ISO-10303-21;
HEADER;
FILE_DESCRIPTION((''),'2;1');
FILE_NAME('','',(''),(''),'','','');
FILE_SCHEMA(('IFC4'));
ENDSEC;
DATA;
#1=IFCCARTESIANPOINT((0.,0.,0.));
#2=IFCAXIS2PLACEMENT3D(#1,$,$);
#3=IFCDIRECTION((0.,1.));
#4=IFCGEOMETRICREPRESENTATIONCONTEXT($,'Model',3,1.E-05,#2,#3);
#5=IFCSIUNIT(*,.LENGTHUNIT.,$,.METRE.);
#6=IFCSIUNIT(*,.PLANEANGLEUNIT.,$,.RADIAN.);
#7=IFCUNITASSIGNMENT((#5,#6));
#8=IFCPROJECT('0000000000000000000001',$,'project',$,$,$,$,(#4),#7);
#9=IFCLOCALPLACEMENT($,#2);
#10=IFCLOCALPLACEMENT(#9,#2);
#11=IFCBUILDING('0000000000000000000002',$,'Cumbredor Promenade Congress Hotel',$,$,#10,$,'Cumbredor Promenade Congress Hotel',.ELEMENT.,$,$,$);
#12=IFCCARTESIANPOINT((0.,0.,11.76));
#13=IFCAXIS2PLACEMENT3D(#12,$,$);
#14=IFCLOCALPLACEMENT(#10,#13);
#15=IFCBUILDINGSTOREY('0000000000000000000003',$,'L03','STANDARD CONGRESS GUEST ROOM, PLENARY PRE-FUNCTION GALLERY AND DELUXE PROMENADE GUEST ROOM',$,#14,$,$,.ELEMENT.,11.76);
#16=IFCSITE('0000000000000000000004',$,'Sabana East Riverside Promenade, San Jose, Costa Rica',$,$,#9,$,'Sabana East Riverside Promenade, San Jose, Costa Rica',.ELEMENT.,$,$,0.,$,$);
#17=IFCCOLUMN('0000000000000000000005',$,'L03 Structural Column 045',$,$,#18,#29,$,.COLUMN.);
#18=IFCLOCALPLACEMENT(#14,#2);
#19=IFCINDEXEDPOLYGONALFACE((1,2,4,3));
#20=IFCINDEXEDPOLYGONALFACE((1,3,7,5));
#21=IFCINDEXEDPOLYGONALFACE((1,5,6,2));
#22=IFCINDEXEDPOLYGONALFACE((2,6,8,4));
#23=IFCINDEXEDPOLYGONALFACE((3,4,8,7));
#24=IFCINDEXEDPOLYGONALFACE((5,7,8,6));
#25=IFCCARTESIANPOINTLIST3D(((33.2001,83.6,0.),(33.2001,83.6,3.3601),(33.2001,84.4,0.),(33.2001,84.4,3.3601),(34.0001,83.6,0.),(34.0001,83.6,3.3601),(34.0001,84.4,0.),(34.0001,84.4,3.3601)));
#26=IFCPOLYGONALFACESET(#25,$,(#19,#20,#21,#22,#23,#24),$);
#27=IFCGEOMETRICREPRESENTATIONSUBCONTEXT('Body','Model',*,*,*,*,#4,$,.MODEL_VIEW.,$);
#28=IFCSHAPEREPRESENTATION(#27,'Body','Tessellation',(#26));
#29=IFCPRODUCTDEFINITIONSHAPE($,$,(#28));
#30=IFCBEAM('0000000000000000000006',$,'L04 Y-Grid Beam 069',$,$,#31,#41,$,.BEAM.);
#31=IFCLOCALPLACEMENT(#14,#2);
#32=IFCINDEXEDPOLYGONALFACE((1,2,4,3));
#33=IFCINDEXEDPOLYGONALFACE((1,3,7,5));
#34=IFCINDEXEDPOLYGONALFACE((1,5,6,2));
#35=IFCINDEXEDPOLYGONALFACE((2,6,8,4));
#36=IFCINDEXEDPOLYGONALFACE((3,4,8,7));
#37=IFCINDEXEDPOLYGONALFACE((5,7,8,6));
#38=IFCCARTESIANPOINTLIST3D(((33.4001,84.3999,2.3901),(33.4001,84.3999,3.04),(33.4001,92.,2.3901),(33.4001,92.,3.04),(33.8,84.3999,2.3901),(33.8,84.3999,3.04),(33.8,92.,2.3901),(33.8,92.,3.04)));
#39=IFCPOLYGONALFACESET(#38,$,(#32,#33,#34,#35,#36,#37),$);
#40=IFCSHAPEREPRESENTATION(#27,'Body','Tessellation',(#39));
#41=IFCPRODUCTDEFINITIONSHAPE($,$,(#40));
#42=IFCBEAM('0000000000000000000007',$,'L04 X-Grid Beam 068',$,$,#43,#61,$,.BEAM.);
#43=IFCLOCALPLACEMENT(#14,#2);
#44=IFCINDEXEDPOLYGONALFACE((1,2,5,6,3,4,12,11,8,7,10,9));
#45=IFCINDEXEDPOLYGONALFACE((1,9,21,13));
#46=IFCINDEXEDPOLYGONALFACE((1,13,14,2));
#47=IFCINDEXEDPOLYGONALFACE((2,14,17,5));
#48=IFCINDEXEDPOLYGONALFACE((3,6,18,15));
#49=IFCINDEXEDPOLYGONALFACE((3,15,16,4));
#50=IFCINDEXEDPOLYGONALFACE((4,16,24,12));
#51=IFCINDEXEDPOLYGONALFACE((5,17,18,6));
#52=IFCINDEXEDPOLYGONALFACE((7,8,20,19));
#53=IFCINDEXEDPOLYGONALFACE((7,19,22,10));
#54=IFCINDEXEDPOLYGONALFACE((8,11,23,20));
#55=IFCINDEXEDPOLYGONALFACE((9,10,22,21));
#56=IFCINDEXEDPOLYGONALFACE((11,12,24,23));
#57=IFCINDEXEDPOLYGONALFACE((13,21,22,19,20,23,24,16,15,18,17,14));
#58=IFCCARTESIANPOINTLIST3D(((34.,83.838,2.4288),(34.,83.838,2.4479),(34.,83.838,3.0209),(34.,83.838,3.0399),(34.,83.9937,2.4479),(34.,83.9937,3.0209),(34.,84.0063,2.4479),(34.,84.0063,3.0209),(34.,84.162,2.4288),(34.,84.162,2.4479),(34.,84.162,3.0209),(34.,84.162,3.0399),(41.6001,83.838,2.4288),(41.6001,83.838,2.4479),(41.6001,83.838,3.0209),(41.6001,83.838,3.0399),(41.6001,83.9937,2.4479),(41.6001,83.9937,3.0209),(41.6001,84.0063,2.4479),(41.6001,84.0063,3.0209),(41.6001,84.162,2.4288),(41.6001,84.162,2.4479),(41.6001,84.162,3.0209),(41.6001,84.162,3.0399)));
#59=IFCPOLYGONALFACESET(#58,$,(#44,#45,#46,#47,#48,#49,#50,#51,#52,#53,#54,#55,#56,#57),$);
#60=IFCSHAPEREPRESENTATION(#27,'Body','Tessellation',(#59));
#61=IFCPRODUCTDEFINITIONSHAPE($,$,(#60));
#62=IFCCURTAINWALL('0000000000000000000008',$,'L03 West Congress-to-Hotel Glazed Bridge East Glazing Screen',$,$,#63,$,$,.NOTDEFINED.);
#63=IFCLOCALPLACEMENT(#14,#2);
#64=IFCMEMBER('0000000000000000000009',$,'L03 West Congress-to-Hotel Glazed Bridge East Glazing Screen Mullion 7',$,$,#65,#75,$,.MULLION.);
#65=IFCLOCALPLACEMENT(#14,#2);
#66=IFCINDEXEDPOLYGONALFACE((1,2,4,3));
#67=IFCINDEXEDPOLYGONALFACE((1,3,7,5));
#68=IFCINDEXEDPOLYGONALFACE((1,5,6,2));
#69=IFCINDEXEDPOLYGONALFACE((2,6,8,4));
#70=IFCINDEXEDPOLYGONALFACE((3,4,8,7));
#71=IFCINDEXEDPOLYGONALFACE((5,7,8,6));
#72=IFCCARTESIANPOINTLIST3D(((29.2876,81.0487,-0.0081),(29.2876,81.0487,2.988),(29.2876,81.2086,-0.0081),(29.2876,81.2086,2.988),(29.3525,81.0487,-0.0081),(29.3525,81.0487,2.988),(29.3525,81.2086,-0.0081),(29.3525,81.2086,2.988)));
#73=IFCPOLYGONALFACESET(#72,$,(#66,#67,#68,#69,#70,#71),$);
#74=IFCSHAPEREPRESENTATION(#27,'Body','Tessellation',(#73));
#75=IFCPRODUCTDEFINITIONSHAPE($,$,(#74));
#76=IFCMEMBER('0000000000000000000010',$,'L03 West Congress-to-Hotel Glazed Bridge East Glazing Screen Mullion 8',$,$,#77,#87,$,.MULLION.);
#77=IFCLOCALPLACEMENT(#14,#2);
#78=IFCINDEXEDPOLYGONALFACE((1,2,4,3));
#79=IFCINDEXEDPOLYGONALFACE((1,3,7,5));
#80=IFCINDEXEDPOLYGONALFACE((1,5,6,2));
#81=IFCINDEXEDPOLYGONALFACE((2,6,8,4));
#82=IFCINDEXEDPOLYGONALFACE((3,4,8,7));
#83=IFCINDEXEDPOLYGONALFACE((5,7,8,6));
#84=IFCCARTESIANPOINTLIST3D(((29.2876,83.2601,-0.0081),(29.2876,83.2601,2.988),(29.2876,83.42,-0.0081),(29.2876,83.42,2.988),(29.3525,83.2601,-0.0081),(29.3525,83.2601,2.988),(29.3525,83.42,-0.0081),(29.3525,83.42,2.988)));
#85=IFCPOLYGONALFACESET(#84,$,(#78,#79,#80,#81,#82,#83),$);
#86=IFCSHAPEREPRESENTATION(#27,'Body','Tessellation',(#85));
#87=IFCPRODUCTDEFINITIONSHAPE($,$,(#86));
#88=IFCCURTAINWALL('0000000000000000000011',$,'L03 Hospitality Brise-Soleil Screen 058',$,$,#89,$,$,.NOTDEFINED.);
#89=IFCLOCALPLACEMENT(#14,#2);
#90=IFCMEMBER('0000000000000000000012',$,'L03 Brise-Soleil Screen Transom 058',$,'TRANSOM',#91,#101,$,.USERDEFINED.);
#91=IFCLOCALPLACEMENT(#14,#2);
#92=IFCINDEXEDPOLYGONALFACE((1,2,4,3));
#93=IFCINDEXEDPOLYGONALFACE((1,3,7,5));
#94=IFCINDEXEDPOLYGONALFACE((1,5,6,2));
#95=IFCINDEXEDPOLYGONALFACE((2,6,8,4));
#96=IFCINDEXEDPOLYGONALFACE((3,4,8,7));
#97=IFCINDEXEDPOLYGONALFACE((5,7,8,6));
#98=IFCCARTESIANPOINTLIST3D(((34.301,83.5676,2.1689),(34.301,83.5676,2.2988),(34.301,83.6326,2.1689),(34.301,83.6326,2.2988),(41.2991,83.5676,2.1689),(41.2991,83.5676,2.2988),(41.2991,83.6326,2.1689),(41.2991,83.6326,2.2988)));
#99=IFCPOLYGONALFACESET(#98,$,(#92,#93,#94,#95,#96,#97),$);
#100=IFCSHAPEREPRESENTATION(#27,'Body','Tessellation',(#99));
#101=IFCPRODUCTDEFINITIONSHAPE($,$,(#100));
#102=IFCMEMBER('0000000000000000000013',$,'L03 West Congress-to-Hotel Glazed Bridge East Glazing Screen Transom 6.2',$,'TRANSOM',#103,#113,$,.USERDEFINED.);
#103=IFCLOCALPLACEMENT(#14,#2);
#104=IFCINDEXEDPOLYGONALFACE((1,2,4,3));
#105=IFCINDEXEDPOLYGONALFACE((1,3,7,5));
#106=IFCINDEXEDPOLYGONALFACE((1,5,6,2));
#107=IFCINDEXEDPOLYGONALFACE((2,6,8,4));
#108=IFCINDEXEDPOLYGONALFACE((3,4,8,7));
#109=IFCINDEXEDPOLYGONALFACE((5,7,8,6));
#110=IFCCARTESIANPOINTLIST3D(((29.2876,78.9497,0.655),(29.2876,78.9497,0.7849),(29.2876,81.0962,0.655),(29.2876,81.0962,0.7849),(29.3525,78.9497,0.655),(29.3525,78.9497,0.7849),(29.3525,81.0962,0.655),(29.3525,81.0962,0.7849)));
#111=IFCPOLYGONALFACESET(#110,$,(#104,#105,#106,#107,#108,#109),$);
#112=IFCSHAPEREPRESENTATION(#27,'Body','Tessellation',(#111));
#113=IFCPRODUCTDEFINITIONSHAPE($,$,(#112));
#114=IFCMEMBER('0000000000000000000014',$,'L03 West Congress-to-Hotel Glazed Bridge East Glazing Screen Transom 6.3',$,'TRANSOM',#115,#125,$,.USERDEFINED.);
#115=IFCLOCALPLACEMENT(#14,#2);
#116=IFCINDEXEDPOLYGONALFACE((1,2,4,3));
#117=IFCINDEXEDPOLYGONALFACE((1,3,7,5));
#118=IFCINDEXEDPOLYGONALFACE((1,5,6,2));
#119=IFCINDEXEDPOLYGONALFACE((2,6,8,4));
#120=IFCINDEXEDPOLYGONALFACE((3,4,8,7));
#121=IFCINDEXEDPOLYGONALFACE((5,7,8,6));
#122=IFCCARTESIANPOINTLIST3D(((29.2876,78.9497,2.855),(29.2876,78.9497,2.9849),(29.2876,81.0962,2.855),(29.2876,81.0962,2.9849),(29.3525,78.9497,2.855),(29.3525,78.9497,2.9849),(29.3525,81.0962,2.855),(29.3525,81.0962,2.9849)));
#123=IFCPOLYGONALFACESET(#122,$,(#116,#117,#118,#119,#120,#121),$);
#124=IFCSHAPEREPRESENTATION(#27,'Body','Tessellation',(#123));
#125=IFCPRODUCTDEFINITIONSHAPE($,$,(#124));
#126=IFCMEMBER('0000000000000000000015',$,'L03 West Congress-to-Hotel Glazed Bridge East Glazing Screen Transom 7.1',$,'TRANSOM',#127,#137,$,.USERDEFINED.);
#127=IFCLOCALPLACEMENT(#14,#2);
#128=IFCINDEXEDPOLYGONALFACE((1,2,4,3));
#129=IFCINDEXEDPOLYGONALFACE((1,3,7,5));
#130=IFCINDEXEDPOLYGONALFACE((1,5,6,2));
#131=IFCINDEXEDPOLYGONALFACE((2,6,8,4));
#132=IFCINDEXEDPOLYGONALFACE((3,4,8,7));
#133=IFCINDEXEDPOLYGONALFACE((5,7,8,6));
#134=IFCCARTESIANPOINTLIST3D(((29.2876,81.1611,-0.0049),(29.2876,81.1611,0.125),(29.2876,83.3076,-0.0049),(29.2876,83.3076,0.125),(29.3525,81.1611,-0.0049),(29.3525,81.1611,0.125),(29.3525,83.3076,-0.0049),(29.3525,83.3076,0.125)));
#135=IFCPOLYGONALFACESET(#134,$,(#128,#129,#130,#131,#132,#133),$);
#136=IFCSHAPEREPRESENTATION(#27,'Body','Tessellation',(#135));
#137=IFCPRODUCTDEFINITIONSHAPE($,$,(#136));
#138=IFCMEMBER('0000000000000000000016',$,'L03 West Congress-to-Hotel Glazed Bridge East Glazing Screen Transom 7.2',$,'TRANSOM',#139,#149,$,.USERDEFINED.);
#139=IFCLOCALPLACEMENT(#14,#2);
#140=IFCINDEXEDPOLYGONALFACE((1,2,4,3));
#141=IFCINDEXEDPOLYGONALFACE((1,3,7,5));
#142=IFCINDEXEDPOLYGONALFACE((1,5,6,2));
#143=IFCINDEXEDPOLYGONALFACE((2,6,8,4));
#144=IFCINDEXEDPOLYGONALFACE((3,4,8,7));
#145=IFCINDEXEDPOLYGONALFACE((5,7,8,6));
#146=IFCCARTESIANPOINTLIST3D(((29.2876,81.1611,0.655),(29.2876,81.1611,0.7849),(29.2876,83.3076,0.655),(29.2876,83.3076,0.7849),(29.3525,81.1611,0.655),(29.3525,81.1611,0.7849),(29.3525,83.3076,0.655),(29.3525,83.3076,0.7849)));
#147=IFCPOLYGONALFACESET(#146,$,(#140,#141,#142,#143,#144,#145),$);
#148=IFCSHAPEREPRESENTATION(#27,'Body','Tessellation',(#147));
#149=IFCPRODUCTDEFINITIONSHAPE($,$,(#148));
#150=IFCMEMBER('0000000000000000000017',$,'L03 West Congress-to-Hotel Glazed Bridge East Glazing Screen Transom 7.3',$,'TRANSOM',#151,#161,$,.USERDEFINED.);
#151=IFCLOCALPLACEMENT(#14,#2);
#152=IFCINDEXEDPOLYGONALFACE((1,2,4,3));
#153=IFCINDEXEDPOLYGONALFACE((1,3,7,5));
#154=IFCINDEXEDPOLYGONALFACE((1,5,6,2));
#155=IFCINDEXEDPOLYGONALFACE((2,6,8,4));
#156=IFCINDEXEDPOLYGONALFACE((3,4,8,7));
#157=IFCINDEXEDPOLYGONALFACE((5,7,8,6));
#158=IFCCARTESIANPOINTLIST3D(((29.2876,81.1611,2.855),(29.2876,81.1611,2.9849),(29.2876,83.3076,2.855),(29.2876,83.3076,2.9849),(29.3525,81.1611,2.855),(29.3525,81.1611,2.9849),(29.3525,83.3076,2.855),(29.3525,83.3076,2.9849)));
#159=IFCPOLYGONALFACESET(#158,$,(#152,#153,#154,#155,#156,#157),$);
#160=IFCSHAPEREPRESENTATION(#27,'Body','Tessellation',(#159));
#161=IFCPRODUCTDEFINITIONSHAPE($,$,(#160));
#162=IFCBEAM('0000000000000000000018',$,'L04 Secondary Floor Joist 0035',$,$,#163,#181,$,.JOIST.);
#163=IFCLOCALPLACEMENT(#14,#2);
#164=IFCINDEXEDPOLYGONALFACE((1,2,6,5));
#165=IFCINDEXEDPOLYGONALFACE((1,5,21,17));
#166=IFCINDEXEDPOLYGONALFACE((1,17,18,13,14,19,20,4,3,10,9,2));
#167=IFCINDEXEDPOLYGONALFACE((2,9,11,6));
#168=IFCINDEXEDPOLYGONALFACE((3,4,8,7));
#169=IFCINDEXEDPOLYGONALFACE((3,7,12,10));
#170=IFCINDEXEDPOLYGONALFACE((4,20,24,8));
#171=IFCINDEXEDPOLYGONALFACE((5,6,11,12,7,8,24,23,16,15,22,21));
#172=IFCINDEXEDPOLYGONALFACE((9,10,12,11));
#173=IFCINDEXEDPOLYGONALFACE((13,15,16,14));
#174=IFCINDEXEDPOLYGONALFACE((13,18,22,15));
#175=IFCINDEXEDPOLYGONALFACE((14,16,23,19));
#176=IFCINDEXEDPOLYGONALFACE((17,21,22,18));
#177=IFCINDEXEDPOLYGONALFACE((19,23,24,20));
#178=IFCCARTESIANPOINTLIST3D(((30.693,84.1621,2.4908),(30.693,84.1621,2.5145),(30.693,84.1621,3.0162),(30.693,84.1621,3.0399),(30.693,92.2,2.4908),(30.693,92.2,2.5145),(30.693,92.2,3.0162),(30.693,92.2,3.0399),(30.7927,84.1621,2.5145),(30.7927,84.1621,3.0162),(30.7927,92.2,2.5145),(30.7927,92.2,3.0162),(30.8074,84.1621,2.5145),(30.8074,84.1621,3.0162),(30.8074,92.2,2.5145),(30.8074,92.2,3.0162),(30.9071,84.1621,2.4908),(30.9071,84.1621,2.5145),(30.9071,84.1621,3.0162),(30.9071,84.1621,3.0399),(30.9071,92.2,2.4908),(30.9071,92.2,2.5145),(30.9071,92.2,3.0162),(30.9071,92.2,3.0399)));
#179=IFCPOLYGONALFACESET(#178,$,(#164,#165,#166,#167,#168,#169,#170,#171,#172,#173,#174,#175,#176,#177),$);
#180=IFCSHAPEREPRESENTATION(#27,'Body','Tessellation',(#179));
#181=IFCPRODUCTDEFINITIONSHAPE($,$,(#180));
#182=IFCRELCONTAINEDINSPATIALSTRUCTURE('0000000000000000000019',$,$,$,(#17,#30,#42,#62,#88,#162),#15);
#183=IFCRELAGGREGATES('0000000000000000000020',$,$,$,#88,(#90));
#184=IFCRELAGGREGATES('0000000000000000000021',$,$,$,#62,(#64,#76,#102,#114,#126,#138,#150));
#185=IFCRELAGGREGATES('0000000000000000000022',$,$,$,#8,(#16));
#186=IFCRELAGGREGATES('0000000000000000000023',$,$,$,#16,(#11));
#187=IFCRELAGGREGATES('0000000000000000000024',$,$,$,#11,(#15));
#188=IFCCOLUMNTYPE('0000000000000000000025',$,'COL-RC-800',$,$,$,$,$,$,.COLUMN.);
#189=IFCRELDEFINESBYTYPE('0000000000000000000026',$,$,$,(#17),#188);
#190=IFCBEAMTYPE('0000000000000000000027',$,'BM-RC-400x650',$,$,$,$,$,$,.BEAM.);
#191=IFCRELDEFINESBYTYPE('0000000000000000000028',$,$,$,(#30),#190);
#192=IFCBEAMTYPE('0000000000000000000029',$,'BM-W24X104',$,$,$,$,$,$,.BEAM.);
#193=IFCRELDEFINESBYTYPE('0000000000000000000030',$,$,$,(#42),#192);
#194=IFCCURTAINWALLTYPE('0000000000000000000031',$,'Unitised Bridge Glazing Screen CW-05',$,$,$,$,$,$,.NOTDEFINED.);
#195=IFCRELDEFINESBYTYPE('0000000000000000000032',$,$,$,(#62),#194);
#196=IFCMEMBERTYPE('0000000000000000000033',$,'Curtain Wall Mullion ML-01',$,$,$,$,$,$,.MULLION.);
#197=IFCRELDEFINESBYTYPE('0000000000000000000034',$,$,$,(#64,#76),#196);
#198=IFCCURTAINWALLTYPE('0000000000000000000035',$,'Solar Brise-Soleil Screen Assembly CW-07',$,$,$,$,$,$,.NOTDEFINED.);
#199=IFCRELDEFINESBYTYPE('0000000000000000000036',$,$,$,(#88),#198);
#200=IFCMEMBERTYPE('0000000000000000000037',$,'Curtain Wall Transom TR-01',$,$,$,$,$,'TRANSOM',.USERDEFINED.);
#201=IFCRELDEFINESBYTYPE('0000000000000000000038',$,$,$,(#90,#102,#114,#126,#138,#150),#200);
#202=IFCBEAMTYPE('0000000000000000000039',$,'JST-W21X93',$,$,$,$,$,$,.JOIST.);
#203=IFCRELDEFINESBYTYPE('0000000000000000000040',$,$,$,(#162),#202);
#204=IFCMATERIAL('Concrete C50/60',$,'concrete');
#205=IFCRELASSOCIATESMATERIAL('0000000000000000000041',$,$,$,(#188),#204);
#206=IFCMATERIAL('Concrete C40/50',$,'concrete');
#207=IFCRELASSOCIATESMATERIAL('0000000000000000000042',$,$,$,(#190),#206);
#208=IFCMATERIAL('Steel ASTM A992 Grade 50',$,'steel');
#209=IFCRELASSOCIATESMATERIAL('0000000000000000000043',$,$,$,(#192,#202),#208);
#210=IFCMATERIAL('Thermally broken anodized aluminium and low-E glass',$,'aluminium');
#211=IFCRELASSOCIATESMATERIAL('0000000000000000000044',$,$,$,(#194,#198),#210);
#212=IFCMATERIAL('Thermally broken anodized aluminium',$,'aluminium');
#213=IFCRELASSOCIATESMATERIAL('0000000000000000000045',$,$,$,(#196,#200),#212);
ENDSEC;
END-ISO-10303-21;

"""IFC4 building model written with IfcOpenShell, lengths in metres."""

from ifc_helpers import new_model, si_unit, direction, frame, origin, origin_2d, place, context, subcontext, project, spatial, rectangle, i_section, extrude, material, material_profile, profile_set, type_object, element, aggregate, save


model = new_model("IFC4")

# Units and contexts
model_context = context("Model", 3, precision=1e-05, world=origin(), true_north=direction((0.0, 1.0)))
body_context = subcontext(model_context, "Body", "Model", "MODEL_VIEW")
ifc_project = project(units=[si_unit("LENGTHUNIT", "METRE"), si_unit("PLANEANGLEUNIT", "RADIAN")], contexts=[model_context])

# Site, building, storey
site_placement = place(None, origin())
site = spatial("IfcSite", under=ifc_project, at=site_placement, Name="Sabana East Riverside Promenade, San Jose, Costa Rica", LongName="Sabana East Riverside Promenade, San Jose, Costa Rica", CompositionType="ELEMENT", RefElevation=0.0)
building_placement = place(site_placement, origin())
building = spatial("IfcBuilding", under=site, at=building_placement, Name="Cumbredor Promenade Congress Hotel", LongName="Cumbredor Promenade Congress Hotel", CompositionType="ELEMENT")
storey_placement = place(building_placement, frame((0.0, 0.0, 11.76)))
storey = spatial("IfcBuildingStorey", under=building, at=storey_placement, Name="L03", Description="STANDARD CONGRESS GUEST ROOM, PLENARY PRE-FUNCTION GALLERY AND DELUXE PROMENADE GUEST ROOM", CompositionType="ELEMENT", Elevation=11.76)

# Column
ifc_material_1 = material(Name="Concrete C50/60", Category="concrete")
ifc_material_profile_1 = material_profile(ifc_material_1, rectangle(XDim=0.8, YDim=0.8, at=origin_2d()), Name="RC 800x800")
ifc_profile_set_1 = profile_set([ifc_material_profile_1], Name="Concrete C50/60")
column_type = type_object("IfcColumnType", Name="COL-RC-800", PredefinedType="COLUMN", material=ifc_profile_set_1)
column_placement = place(storey_placement, frame((33.6001, 84.0, 0.0), z_axis=(0.0, 0.0, 1.0), x_axis=(1.0, 0.0, 0.0)))
element("IfcColumn", 1, at=column_placement, inside=storey, type_object=column_type, Name="L03 Structural Column 045", PredefinedType="COLUMN", context=body_context, shape_type="SweptSolid", body=[
    extrude(rectangle(XDim=0.8, YDim=0.8, at=origin_2d()), origin(), (0.0, 0.0, 1.0), 3.3601),
])

# Beams
ifc_material_2 = material(Name="Concrete C40/50", Category="concrete")
ifc_material_profile_2 = material_profile(ifc_material_2, rectangle(XDim=0.3999, YDim=0.6499, at=origin_2d()), Name="RC BEAM 400x650")
ifc_profile_set_2 = profile_set([ifc_material_profile_2], Name="Concrete C40/50")
beam_type_1 = type_object("IfcBeamType", Name="BM-RC-400x650", PredefinedType="BEAM", material=ifc_profile_set_2)
beam_1_placement = place(storey_placement, frame((33.6001, 84.3999, 2.7151), z_axis=(0.0, 1.0, 0.0), x_axis=(-1.0, 0.0, 0.0)))
element("IfcBeam", 2, at=beam_1_placement, inside=storey, type_object=beam_type_1, Name="L04 Y-Grid Beam 069", PredefinedType="BEAM", context=body_context, shape_type="SweptSolid", body=[
    extrude(rectangle(XDim=0.3999, YDim=0.6499, at=origin_2d()), origin(), (0.0, 0.0, 1.0), 7.6001),
])
ifc_material_3 = material(Name="Steel ASTM A992 Grade 50", Category="steel")
ifc_material_profile_3 = material_profile(ifc_material_3, i_section(OverallWidth=0.324, OverallDepth=0.6111, WebThickness=0.0127, FlangeThickness=0.019, at=origin_2d()), Name="W24X104")
ifc_profile_set_3 = profile_set([ifc_material_profile_3], Name="Steel ASTM A992 Grade 50")
beam_type_2 = type_object("IfcBeamType", Name="BM-W24X104", PredefinedType="BEAM", material=ifc_profile_set_3)
beam_2_placement = place(storey_placement, frame((34.0, 84.0, 2.7344), z_axis=(1.0, 0.0, 0.0), x_axis=(0.0, 1.0, 0.0)))
element("IfcBeam", 3, at=beam_2_placement, inside=storey, type_object=beam_type_2, Name="L04 X-Grid Beam 068", PredefinedType="BEAM", context=body_context, shape_type="SweptSolid", body=[
    extrude(i_section(OverallWidth=0.324, OverallDepth=0.6111, WebThickness=0.0127, FlangeThickness=0.019, at=origin_2d()), origin(), (0.0, 0.0, 1.0), 7.6001),
])

# Curtain wall, members
ifc_material_4 = material(Name="Thermally broken anodized aluminium and low-E glass", Category="aluminium")
curtain_wall_type_1 = type_object("IfcCurtainWallType", Name="Unitised Bridge Glazing Screen CW-05", PredefinedType="NOTDEFINED", material=ifc_material_4)
curtain_wall_1_placement = place(storey_placement, origin())
curtain_wall_1 = element("IfcCurtainWall", 4, at=curtain_wall_1_placement, inside=storey, type_object=curtain_wall_type_1, Name="L03 West Congress-to-Hotel Glazed Bridge East Glazing Screen", PredefinedType="NOTDEFINED")
ifc_material_5 = material(Name="Thermally broken anodized aluminium", Category="aluminium")
ifc_material_profile_4 = material_profile(ifc_material_5, rectangle(XDim=0.0649, YDim=0.1599, at=origin_2d()), Name="ALU MULLION 65x160")
ifc_profile_set_4 = profile_set([ifc_material_profile_4], Name="Thermally broken anodized aluminium")
member_type_1 = type_object("IfcMemberType", Name="Curtain Wall Mullion ML-01", PredefinedType="MULLION", material=ifc_profile_set_4)
member_1_placement = place(storey_placement, frame((29.3201, 81.1287, -0.0081), z_axis=(0.0, 0.0, 1.0), x_axis=(1.0, 0.0, 0.0)))
member_1 = element("IfcMember", 5, at=member_1_placement, type_object=member_type_1, Name="L03 West Congress-to-Hotel Glazed Bridge East Glazing Screen Mullion 7", PredefinedType="MULLION", context=body_context, shape_type="SweptSolid", body=[
    extrude(rectangle(XDim=0.0649, YDim=0.1599, at=origin_2d()), origin(), (0.0, 0.0, 1.0), 2.9961),
])
member_2_placement = place(storey_placement, frame((29.3201, 83.3401, -0.0081), z_axis=(0.0, 0.0, 1.0), x_axis=(1.0, 0.0, 0.0)))
member_2 = element("IfcMember", 6, at=member_2_placement, type_object=member_type_1, Name="L03 West Congress-to-Hotel Glazed Bridge East Glazing Screen Mullion 8", PredefinedType="MULLION", context=body_context, shape_type="SweptSolid", body=[
    extrude(rectangle(XDim=0.0649, YDim=0.1599, at=origin_2d()), origin(), (0.0, 0.0, 1.0), 2.9961),
])

# Curtain wall, member
curtain_wall_type_2 = type_object("IfcCurtainWallType", Name="Solar Brise-Soleil Screen Assembly CW-07", PredefinedType="NOTDEFINED", material=ifc_material_4)
curtain_wall_2_placement = place(storey_placement, origin())
curtain_wall_2 = element("IfcCurtainWall", 7, at=curtain_wall_2_placement, inside=storey, type_object=curtain_wall_type_2, Name="L03 Hospitality Brise-Soleil Screen 058", PredefinedType="NOTDEFINED")
ifc_material_profile_5 = material_profile(ifc_material_5, rectangle(XDim=0.0649, YDim=0.1299, at=origin_2d()), Name="ALU TRANSOM 65x130")
ifc_profile_set_5 = profile_set([ifc_material_profile_5], Name="Thermally broken anodized aluminium")
member_type_2 = type_object("IfcMemberType", Name="Curtain Wall Transom TR-01", ElementType="TRANSOM", PredefinedType="USERDEFINED", material=ifc_profile_set_5)
member_3_placement = place(storey_placement, frame((34.301, 83.6001, 2.2339), z_axis=(1.0, 0.0, 0.0), x_axis=(0.0, 1.0, 0.0)))
member_3 = element("IfcMember", 8, at=member_3_placement, type_object=member_type_2, Name="L03 Brise-Soleil Screen Transom 058", ObjectType="TRANSOM", PredefinedType="USERDEFINED", context=body_context, shape_type="SweptSolid", body=[
    extrude(rectangle(XDim=0.0649, YDim=0.1299, at=origin_2d()), origin(), (0.0, 0.0, 1.0), 6.998),
])
aggregate(curtain_wall_2, [member_3])

# Members
member_4_placement = place(storey_placement, frame((29.3201, 78.9497, 0.72), z_axis=(0.0, 1.0, 0.0), x_axis=(-1.0, 0.0, 0.0)))
member_4 = element("IfcMember", 9, at=member_4_placement, type_object=member_type_2, Name="L03 West Congress-to-Hotel Glazed Bridge East Glazing Screen Transom 6.2", ObjectType="TRANSOM", PredefinedType="USERDEFINED", context=body_context, shape_type="SweptSolid", body=[
    extrude(rectangle(XDim=0.0649, YDim=0.1299, at=origin_2d()), origin(), (0.0, 0.0, 1.0), 2.1465),
])
member_5_placement = place(storey_placement, frame((29.3201, 78.9497, 2.9199), z_axis=(0.0, 1.0, 0.0), x_axis=(-1.0, 0.0, 0.0)))
member_5 = element("IfcMember", 10, at=member_5_placement, type_object=member_type_2, Name="L03 West Congress-to-Hotel Glazed Bridge East Glazing Screen Transom 6.3", ObjectType="TRANSOM", PredefinedType="USERDEFINED", context=body_context, shape_type="SweptSolid", body=[
    extrude(rectangle(XDim=0.0649, YDim=0.1299, at=origin_2d()), origin(), (0.0, 0.0, 1.0), 2.1465),
])
member_6_placement = place(storey_placement, frame((29.3201, 81.1611, 0.0601), z_axis=(0.0, 1.0, 0.0), x_axis=(-1.0, 0.0, 0.0)))
member_6 = element("IfcMember", 11, at=member_6_placement, type_object=member_type_2, Name="L03 West Congress-to-Hotel Glazed Bridge East Glazing Screen Transom 7.1", ObjectType="TRANSOM", PredefinedType="USERDEFINED", context=body_context, shape_type="SweptSolid", body=[
    extrude(rectangle(XDim=0.0649, YDim=0.1299, at=origin_2d()), origin(), (0.0, 0.0, 1.0), 2.1465),
])
member_7_placement = place(storey_placement, frame((29.3201, 81.1611, 0.72), z_axis=(0.0, 1.0, 0.0), x_axis=(-1.0, 0.0, 0.0)))
member_7 = element("IfcMember", 12, at=member_7_placement, type_object=member_type_2, Name="L03 West Congress-to-Hotel Glazed Bridge East Glazing Screen Transom 7.2", ObjectType="TRANSOM", PredefinedType="USERDEFINED", context=body_context, shape_type="SweptSolid", body=[
    extrude(rectangle(XDim=0.0649, YDim=0.1299, at=origin_2d()), origin(), (0.0, 0.0, 1.0), 2.1465),
])
member_8_placement = place(storey_placement, frame((29.3201, 81.1611, 2.9199), z_axis=(0.0, 1.0, 0.0), x_axis=(-1.0, 0.0, 0.0)))
member_8 = element("IfcMember", 13, at=member_8_placement, type_object=member_type_2, Name="L03 West Congress-to-Hotel Glazed Bridge East Glazing Screen Transom 7.3", ObjectType="TRANSOM", PredefinedType="USERDEFINED", context=body_context, shape_type="SweptSolid", body=[
    extrude(rectangle(XDim=0.0649, YDim=0.1299, at=origin_2d()), origin(), (0.0, 0.0, 1.0), 2.1465),
])

# Beam
ifc_material_profile_6 = material_profile(ifc_material_3, i_section(OverallWidth=0.2141, OverallDepth=0.5491, WebThickness=0.0146, FlangeThickness=0.0237, at=origin_2d()), Name="W21X93")
ifc_profile_set_6 = profile_set([ifc_material_profile_6], Name="Steel ASTM A992 Grade 50")
beam_type_3 = type_object("IfcBeamType", Name="JST-W21X93", PredefinedType="JOIST", material=ifc_profile_set_6)
beam_3_placement = place(storey_placement, frame((30.8, 84.1621, 2.7654), z_axis=(0.0, 1.0, 0.0), x_axis=(-1.0, 0.0, 0.0)))
element("IfcBeam", 14, at=beam_3_placement, inside=storey, type_object=beam_type_3, Name="L04 Secondary Floor Joist 0035", PredefinedType="JOIST", context=body_context, shape_type="SweptSolid", body=[
    extrude(i_section(OverallWidth=0.2141, OverallDepth=0.5491, WebThickness=0.0146, FlangeThickness=0.0237, at=origin_2d()), origin(), (0.0, 0.0, 1.0), 8.0378),
])

aggregate(curtain_wall_1, [member_1, member_2, member_4, member_5, member_6, member_7, member_8])

save(model, "model.ifc")
